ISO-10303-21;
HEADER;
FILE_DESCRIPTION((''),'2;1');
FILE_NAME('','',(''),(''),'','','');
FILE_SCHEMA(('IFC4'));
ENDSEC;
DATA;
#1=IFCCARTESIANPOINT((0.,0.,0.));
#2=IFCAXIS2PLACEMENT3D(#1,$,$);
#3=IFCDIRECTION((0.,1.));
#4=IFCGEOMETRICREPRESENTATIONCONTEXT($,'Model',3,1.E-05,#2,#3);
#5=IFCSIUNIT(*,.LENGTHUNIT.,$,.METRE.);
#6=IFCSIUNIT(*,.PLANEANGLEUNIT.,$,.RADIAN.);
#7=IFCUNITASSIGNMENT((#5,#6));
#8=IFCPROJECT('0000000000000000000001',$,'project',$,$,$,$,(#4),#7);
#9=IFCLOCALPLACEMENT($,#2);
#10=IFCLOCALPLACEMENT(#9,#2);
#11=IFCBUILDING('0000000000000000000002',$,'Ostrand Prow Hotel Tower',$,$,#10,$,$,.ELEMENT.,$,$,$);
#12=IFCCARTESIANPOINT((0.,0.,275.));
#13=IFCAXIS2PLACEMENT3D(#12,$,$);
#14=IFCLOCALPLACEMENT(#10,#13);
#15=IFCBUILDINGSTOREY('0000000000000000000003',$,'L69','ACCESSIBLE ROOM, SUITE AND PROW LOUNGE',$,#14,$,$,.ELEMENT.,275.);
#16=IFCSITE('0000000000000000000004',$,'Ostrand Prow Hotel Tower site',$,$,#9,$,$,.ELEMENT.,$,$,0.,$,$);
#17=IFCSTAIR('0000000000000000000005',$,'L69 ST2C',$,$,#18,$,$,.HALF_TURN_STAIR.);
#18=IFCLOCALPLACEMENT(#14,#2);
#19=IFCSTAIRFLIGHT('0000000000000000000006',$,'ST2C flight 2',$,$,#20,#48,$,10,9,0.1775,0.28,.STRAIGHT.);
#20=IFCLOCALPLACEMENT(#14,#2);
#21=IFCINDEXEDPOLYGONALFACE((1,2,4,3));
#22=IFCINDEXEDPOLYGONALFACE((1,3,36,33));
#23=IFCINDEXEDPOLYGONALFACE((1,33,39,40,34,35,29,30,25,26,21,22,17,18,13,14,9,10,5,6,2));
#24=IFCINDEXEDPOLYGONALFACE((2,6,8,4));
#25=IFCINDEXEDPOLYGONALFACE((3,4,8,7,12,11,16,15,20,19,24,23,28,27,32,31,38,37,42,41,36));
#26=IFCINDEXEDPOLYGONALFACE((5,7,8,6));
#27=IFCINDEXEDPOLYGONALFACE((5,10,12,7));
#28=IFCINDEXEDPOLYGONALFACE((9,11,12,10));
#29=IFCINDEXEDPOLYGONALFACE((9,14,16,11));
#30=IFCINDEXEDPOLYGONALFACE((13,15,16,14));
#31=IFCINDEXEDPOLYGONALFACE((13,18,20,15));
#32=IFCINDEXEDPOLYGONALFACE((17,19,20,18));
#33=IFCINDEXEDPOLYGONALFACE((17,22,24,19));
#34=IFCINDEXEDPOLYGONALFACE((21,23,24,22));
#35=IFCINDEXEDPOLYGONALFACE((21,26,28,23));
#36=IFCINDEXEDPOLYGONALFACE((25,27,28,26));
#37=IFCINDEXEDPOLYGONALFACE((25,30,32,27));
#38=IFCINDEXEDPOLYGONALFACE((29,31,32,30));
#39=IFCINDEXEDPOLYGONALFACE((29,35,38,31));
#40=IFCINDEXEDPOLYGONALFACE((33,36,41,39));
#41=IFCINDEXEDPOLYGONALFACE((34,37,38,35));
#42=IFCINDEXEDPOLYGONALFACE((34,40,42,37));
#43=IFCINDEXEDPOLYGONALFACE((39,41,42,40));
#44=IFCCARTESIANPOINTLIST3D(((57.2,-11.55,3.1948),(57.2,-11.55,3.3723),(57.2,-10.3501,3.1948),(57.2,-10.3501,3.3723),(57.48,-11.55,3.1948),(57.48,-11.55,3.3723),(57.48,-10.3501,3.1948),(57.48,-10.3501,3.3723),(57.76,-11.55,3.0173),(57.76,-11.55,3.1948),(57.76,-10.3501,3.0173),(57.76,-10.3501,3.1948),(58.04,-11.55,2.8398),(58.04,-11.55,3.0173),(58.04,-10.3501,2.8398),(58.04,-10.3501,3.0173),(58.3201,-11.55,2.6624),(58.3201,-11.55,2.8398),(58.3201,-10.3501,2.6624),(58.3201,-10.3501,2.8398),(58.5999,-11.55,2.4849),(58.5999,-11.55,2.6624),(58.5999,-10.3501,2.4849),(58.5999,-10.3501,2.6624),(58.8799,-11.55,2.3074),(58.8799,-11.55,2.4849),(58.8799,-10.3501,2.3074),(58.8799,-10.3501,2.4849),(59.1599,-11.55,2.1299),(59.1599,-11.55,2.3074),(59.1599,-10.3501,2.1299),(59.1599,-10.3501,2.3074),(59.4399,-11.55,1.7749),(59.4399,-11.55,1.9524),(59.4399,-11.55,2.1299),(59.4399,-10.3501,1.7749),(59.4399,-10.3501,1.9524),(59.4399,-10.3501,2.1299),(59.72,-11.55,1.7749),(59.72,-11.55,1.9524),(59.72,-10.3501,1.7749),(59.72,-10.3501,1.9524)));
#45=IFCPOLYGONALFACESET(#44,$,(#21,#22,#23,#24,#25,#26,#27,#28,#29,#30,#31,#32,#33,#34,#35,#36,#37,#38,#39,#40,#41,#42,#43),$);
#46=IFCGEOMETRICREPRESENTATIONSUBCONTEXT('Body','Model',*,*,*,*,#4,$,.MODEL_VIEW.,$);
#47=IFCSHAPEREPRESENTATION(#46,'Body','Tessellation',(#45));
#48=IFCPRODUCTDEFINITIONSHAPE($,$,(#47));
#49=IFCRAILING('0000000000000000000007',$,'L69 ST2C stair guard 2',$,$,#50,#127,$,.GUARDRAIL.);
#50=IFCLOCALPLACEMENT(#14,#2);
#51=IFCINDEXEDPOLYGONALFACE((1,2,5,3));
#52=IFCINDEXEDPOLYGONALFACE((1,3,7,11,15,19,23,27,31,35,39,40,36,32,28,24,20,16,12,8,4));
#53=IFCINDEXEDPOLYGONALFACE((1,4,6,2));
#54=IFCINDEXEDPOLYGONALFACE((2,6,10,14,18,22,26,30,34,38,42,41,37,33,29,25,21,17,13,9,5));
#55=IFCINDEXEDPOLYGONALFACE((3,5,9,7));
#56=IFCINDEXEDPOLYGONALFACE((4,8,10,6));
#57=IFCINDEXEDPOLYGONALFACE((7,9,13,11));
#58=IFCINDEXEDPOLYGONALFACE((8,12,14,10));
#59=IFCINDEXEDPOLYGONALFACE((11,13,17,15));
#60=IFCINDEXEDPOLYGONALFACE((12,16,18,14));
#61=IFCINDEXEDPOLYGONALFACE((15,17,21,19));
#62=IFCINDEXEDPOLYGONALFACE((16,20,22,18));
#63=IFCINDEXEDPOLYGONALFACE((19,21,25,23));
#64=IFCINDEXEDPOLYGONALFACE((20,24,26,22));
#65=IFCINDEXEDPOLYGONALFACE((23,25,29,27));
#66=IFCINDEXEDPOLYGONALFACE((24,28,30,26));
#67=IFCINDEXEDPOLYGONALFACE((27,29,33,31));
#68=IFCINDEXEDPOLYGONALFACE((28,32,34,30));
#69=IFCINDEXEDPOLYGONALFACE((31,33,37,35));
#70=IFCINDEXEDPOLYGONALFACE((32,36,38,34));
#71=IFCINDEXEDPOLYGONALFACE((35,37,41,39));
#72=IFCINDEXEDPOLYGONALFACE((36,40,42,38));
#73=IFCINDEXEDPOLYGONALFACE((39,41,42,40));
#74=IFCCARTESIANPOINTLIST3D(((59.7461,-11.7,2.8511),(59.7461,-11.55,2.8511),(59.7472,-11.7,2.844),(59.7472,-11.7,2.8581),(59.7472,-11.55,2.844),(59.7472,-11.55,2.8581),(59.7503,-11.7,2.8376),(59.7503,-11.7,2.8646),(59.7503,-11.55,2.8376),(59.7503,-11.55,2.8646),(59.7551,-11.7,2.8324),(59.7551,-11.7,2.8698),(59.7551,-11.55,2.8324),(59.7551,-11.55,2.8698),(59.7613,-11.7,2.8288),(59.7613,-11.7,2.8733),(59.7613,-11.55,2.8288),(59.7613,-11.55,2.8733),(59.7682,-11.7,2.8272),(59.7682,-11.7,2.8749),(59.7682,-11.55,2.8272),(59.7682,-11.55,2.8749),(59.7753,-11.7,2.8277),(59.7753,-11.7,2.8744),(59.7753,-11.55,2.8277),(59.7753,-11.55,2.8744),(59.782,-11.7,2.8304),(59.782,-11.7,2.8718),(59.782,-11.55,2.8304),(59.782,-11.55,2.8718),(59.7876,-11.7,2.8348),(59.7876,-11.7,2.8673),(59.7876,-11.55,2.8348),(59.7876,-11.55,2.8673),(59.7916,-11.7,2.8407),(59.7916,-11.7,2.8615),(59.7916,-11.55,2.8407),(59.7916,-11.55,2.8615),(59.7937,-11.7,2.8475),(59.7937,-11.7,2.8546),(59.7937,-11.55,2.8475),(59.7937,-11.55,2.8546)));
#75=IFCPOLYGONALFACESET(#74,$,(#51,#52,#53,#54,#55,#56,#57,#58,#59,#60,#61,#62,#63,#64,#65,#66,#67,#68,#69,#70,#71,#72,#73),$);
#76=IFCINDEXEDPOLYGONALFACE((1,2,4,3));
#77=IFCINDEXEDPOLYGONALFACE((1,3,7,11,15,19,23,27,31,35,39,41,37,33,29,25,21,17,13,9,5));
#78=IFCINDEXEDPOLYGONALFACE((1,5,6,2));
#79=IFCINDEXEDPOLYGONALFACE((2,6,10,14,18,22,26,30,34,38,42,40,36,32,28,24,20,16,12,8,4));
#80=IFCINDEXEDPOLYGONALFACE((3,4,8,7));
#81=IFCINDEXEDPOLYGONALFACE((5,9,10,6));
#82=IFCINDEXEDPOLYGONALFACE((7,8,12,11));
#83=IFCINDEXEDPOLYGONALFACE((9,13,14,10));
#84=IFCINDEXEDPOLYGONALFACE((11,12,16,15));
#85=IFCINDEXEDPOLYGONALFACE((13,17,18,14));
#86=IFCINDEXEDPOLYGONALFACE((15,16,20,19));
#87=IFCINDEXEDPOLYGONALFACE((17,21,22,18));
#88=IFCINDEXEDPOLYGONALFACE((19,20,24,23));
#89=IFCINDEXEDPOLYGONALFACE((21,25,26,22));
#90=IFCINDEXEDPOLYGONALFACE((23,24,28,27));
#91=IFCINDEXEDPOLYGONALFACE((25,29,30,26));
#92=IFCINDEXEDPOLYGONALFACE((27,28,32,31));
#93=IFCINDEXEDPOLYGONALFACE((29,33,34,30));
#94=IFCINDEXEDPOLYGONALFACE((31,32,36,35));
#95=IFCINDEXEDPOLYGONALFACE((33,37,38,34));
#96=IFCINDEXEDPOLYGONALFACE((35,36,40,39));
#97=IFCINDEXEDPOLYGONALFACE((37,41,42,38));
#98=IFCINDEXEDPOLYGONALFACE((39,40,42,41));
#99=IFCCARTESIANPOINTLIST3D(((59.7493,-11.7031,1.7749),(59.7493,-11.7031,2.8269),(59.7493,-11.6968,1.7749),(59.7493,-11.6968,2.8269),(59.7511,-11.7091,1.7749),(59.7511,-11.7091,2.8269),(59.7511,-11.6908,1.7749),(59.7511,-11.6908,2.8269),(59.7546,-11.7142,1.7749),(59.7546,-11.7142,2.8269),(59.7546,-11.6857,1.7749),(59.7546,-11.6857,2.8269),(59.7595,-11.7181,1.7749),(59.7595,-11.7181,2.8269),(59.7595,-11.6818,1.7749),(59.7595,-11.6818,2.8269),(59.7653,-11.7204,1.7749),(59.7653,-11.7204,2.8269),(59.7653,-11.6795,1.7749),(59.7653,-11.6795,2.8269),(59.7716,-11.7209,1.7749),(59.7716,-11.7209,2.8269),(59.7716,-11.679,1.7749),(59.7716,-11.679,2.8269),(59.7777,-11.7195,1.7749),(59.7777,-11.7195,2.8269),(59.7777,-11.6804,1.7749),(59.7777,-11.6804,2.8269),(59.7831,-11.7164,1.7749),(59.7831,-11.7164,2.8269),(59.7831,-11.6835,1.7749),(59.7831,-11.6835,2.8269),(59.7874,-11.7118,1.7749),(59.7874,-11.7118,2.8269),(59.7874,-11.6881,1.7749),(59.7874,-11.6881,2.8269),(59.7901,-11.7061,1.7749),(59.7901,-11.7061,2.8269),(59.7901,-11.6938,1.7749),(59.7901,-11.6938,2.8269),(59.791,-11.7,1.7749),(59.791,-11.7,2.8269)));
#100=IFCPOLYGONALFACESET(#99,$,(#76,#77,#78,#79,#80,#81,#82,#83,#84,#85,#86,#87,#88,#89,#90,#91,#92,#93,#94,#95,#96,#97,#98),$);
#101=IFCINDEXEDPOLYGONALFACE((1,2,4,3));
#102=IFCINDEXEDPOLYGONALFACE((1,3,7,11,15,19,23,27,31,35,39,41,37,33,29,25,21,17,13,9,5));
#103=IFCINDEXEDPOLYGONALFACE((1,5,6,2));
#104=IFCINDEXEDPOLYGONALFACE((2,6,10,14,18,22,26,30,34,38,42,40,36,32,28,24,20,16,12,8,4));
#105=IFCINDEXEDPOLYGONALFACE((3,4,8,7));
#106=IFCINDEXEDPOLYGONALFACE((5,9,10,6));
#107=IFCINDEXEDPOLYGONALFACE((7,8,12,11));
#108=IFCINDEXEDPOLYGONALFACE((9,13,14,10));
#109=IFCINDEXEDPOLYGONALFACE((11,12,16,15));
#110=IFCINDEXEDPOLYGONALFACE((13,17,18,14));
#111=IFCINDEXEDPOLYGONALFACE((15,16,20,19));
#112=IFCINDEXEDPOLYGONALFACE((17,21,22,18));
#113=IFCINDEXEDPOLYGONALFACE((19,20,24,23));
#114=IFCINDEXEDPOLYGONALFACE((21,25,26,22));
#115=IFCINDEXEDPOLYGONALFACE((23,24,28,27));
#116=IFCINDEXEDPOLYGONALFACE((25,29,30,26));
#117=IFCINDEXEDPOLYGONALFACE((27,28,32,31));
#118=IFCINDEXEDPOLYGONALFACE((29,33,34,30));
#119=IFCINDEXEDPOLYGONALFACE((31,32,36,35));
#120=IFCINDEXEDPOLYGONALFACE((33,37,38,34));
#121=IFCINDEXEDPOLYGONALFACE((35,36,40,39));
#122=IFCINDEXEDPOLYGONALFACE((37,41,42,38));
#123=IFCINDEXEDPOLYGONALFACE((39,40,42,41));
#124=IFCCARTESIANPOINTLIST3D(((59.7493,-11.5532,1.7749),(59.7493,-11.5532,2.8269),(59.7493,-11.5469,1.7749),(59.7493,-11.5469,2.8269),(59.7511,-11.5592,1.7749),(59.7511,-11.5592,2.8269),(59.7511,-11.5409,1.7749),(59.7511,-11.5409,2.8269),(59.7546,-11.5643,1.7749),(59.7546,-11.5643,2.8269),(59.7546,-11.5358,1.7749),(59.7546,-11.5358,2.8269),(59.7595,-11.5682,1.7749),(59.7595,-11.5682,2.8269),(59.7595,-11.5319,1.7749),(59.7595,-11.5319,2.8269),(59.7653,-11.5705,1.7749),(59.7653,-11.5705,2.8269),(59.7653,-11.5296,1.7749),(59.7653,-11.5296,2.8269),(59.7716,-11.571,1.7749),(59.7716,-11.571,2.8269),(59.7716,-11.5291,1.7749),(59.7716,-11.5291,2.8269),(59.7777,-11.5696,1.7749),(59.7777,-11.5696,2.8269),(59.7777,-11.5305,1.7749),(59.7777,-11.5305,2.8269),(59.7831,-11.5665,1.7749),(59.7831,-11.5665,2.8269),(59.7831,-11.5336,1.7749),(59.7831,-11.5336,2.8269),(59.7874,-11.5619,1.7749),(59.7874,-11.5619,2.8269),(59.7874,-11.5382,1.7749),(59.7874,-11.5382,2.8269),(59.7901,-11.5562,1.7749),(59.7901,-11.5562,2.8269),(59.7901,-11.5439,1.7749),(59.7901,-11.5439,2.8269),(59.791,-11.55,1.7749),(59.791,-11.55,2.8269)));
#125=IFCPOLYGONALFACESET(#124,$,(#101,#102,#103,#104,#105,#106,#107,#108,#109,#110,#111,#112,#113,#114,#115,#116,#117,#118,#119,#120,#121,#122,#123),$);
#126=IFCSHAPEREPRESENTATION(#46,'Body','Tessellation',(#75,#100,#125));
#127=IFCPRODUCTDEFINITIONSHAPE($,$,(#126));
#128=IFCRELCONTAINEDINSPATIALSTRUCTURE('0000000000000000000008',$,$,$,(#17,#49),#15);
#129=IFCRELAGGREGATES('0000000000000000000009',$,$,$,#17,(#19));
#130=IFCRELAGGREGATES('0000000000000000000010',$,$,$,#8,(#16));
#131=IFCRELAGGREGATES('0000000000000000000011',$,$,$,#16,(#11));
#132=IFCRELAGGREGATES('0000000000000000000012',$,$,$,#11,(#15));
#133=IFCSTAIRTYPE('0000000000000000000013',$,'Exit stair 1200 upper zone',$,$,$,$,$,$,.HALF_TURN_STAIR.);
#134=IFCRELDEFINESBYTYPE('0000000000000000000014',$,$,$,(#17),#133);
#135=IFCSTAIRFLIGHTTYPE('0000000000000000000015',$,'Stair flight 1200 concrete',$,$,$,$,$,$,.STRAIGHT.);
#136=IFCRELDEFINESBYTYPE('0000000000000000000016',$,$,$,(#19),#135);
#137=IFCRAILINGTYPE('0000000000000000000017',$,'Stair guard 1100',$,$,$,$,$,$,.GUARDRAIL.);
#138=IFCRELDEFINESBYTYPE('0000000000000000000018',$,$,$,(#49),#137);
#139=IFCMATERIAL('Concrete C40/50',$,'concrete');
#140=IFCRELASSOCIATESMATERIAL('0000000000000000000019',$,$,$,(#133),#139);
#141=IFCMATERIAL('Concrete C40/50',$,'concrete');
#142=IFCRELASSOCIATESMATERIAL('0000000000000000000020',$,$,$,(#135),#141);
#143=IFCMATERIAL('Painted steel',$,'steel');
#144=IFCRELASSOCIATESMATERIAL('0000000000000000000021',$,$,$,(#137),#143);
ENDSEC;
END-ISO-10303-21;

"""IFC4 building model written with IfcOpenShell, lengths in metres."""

from ifc_helpers import new_model, si_unit, direction, frame, origin, origin_2d, place, context, subcontext, project, spatial, polyline, circle, outline, extrude, material, type_object, element, aggregate, save


model = new_model("IFC4")

# Units and contexts
model_context = context("Model", 3, precision=1e-05, world=origin(), true_north=direction((0.0, 1.0)))
body_context = subcontext(model_context, "Body", "Model", "MODEL_VIEW")
ifc_project = project(units=[si_unit("LENGTHUNIT", "METRE"), si_unit("PLANEANGLEUNIT", "RADIAN")], contexts=[model_context])

# Site, building, storey
site_placement = place(None, origin())
site = spatial("IfcSite", under=ifc_project, at=site_placement, Name="Ostrand Prow Hotel Tower site", CompositionType="ELEMENT", RefElevation=0.0)
building_placement = place(site_placement, origin())
building = spatial("IfcBuilding", under=site, at=building_placement, Name="Ostrand Prow Hotel Tower", CompositionType="ELEMENT")
storey_placement = place(building_placement, frame((0.0, 0.0, 275.0)))
storey = spatial("IfcBuildingStorey", under=building, at=storey_placement, Name="L69", Description="ACCESSIBLE ROOM, SUITE AND PROW LOUNGE", CompositionType="ELEMENT", Elevation=275.0)

# Stair, stair flight
ifc_material_1 = material(Name="Concrete C40/50", Category="concrete")
stair_type = type_object("IfcStairType", Name="Exit stair 1200 upper zone", PredefinedType="HALF_TURN_STAIR", material=ifc_material_1)
stair_placement = place(storey_placement, origin())
stair = element("IfcStair", 1, at=stair_placement, inside=storey, type_object=stair_type, Name="L69 ST2C", PredefinedType="HALF_TURN_STAIR")
ifc_material_2 = material(Name="Concrete C40/50", Category="concrete")
stair_flight_type = type_object("IfcStairFlightType", Name="Stair flight 1200 concrete", PredefinedType="STRAIGHT", material=ifc_material_2)
stair_flight_placement = place(storey_placement, frame((59.72, -10.95, 1.7749), z_axis=(0.0, 0.0, 1.0), x_axis=(-1.0, 0.0, 0.0)))
stair_flight = element("IfcStairFlight", 2, at=stair_flight_placement, type_object=stair_flight_type, Name="ST2C flight 2", NumberOfRisers=10, NumberOfTreads=9, PredefinedType="STRAIGHT", RiserHeight=0.1775, TreadLength=0.28, context=body_context, shape_type="SweptSolid", body=[
    extrude(outline(polyline([(0.0, 0.0), (0.0, 0.1775), (0.28, 0.1775), (0.28, 0.355), (0.5601, 0.355), (0.5601, 0.5325), (0.8401, 0.5325), (0.8401, 0.71), (1.1201, 0.71), (1.1201, 0.8875), (1.3999, 0.8875), (1.3999, 1.0649), (1.6799, 1.0649), (1.6799, 1.2424), (1.96, 1.2424), (1.96, 1.4199), (2.24, 1.4199), (2.24, 1.5974), (2.52, 1.5974), (2.52, 1.7749), (2.52, 1.4199), (0.28, 0.0), (0.0, 0.0)])), frame((0.0, 0.6001, 0.0), z_axis=(0.0, -1.0, 0.0), x_axis=(1.0, 0.0, 0.0)), (0.0, 0.0, 1.0), 1.2),
])
aggregate(stair, [stair_flight])

# Railing
ifc_material_3 = material(Name="Painted steel", Category="steel")
railing_type_1 = type_object("IfcRailingType", Name="Stair guard 1100", PredefinedType="GUARDRAIL", material=ifc_material_3)
railing_1_placement = place(storey_placement, frame((59.77, -11.7, 1.7749)))
element("IfcRailing", 3, at=railing_1_placement, inside=storey, type_object=railing_type_1, Name="L69 ST2C stair guard 2", PredefinedType="GUARDRAIL", context=body_context, shape_type="SweptSolid", body=[
    extrude(circle(Radius=0.0239, at=origin_2d()), frame((0.0, 0.0, 1.0762), z_axis=(0.0, 1.0, 0.0), x_axis=(-1.0, 0.0, 0.0)), (0.0, 0.0, 1.0), 0.1499),
    extrude(circle(Radius=0.021, at=origin_2d()), origin(), (0.0, 0.0, 1.0), 1.052),
    extrude(circle(Radius=0.021, at=origin_2d()), frame((0.0, 0.1499, 0.0)), (0.0, 0.0, 1.0), 1.052),
])

save(model, "model.ifc")
